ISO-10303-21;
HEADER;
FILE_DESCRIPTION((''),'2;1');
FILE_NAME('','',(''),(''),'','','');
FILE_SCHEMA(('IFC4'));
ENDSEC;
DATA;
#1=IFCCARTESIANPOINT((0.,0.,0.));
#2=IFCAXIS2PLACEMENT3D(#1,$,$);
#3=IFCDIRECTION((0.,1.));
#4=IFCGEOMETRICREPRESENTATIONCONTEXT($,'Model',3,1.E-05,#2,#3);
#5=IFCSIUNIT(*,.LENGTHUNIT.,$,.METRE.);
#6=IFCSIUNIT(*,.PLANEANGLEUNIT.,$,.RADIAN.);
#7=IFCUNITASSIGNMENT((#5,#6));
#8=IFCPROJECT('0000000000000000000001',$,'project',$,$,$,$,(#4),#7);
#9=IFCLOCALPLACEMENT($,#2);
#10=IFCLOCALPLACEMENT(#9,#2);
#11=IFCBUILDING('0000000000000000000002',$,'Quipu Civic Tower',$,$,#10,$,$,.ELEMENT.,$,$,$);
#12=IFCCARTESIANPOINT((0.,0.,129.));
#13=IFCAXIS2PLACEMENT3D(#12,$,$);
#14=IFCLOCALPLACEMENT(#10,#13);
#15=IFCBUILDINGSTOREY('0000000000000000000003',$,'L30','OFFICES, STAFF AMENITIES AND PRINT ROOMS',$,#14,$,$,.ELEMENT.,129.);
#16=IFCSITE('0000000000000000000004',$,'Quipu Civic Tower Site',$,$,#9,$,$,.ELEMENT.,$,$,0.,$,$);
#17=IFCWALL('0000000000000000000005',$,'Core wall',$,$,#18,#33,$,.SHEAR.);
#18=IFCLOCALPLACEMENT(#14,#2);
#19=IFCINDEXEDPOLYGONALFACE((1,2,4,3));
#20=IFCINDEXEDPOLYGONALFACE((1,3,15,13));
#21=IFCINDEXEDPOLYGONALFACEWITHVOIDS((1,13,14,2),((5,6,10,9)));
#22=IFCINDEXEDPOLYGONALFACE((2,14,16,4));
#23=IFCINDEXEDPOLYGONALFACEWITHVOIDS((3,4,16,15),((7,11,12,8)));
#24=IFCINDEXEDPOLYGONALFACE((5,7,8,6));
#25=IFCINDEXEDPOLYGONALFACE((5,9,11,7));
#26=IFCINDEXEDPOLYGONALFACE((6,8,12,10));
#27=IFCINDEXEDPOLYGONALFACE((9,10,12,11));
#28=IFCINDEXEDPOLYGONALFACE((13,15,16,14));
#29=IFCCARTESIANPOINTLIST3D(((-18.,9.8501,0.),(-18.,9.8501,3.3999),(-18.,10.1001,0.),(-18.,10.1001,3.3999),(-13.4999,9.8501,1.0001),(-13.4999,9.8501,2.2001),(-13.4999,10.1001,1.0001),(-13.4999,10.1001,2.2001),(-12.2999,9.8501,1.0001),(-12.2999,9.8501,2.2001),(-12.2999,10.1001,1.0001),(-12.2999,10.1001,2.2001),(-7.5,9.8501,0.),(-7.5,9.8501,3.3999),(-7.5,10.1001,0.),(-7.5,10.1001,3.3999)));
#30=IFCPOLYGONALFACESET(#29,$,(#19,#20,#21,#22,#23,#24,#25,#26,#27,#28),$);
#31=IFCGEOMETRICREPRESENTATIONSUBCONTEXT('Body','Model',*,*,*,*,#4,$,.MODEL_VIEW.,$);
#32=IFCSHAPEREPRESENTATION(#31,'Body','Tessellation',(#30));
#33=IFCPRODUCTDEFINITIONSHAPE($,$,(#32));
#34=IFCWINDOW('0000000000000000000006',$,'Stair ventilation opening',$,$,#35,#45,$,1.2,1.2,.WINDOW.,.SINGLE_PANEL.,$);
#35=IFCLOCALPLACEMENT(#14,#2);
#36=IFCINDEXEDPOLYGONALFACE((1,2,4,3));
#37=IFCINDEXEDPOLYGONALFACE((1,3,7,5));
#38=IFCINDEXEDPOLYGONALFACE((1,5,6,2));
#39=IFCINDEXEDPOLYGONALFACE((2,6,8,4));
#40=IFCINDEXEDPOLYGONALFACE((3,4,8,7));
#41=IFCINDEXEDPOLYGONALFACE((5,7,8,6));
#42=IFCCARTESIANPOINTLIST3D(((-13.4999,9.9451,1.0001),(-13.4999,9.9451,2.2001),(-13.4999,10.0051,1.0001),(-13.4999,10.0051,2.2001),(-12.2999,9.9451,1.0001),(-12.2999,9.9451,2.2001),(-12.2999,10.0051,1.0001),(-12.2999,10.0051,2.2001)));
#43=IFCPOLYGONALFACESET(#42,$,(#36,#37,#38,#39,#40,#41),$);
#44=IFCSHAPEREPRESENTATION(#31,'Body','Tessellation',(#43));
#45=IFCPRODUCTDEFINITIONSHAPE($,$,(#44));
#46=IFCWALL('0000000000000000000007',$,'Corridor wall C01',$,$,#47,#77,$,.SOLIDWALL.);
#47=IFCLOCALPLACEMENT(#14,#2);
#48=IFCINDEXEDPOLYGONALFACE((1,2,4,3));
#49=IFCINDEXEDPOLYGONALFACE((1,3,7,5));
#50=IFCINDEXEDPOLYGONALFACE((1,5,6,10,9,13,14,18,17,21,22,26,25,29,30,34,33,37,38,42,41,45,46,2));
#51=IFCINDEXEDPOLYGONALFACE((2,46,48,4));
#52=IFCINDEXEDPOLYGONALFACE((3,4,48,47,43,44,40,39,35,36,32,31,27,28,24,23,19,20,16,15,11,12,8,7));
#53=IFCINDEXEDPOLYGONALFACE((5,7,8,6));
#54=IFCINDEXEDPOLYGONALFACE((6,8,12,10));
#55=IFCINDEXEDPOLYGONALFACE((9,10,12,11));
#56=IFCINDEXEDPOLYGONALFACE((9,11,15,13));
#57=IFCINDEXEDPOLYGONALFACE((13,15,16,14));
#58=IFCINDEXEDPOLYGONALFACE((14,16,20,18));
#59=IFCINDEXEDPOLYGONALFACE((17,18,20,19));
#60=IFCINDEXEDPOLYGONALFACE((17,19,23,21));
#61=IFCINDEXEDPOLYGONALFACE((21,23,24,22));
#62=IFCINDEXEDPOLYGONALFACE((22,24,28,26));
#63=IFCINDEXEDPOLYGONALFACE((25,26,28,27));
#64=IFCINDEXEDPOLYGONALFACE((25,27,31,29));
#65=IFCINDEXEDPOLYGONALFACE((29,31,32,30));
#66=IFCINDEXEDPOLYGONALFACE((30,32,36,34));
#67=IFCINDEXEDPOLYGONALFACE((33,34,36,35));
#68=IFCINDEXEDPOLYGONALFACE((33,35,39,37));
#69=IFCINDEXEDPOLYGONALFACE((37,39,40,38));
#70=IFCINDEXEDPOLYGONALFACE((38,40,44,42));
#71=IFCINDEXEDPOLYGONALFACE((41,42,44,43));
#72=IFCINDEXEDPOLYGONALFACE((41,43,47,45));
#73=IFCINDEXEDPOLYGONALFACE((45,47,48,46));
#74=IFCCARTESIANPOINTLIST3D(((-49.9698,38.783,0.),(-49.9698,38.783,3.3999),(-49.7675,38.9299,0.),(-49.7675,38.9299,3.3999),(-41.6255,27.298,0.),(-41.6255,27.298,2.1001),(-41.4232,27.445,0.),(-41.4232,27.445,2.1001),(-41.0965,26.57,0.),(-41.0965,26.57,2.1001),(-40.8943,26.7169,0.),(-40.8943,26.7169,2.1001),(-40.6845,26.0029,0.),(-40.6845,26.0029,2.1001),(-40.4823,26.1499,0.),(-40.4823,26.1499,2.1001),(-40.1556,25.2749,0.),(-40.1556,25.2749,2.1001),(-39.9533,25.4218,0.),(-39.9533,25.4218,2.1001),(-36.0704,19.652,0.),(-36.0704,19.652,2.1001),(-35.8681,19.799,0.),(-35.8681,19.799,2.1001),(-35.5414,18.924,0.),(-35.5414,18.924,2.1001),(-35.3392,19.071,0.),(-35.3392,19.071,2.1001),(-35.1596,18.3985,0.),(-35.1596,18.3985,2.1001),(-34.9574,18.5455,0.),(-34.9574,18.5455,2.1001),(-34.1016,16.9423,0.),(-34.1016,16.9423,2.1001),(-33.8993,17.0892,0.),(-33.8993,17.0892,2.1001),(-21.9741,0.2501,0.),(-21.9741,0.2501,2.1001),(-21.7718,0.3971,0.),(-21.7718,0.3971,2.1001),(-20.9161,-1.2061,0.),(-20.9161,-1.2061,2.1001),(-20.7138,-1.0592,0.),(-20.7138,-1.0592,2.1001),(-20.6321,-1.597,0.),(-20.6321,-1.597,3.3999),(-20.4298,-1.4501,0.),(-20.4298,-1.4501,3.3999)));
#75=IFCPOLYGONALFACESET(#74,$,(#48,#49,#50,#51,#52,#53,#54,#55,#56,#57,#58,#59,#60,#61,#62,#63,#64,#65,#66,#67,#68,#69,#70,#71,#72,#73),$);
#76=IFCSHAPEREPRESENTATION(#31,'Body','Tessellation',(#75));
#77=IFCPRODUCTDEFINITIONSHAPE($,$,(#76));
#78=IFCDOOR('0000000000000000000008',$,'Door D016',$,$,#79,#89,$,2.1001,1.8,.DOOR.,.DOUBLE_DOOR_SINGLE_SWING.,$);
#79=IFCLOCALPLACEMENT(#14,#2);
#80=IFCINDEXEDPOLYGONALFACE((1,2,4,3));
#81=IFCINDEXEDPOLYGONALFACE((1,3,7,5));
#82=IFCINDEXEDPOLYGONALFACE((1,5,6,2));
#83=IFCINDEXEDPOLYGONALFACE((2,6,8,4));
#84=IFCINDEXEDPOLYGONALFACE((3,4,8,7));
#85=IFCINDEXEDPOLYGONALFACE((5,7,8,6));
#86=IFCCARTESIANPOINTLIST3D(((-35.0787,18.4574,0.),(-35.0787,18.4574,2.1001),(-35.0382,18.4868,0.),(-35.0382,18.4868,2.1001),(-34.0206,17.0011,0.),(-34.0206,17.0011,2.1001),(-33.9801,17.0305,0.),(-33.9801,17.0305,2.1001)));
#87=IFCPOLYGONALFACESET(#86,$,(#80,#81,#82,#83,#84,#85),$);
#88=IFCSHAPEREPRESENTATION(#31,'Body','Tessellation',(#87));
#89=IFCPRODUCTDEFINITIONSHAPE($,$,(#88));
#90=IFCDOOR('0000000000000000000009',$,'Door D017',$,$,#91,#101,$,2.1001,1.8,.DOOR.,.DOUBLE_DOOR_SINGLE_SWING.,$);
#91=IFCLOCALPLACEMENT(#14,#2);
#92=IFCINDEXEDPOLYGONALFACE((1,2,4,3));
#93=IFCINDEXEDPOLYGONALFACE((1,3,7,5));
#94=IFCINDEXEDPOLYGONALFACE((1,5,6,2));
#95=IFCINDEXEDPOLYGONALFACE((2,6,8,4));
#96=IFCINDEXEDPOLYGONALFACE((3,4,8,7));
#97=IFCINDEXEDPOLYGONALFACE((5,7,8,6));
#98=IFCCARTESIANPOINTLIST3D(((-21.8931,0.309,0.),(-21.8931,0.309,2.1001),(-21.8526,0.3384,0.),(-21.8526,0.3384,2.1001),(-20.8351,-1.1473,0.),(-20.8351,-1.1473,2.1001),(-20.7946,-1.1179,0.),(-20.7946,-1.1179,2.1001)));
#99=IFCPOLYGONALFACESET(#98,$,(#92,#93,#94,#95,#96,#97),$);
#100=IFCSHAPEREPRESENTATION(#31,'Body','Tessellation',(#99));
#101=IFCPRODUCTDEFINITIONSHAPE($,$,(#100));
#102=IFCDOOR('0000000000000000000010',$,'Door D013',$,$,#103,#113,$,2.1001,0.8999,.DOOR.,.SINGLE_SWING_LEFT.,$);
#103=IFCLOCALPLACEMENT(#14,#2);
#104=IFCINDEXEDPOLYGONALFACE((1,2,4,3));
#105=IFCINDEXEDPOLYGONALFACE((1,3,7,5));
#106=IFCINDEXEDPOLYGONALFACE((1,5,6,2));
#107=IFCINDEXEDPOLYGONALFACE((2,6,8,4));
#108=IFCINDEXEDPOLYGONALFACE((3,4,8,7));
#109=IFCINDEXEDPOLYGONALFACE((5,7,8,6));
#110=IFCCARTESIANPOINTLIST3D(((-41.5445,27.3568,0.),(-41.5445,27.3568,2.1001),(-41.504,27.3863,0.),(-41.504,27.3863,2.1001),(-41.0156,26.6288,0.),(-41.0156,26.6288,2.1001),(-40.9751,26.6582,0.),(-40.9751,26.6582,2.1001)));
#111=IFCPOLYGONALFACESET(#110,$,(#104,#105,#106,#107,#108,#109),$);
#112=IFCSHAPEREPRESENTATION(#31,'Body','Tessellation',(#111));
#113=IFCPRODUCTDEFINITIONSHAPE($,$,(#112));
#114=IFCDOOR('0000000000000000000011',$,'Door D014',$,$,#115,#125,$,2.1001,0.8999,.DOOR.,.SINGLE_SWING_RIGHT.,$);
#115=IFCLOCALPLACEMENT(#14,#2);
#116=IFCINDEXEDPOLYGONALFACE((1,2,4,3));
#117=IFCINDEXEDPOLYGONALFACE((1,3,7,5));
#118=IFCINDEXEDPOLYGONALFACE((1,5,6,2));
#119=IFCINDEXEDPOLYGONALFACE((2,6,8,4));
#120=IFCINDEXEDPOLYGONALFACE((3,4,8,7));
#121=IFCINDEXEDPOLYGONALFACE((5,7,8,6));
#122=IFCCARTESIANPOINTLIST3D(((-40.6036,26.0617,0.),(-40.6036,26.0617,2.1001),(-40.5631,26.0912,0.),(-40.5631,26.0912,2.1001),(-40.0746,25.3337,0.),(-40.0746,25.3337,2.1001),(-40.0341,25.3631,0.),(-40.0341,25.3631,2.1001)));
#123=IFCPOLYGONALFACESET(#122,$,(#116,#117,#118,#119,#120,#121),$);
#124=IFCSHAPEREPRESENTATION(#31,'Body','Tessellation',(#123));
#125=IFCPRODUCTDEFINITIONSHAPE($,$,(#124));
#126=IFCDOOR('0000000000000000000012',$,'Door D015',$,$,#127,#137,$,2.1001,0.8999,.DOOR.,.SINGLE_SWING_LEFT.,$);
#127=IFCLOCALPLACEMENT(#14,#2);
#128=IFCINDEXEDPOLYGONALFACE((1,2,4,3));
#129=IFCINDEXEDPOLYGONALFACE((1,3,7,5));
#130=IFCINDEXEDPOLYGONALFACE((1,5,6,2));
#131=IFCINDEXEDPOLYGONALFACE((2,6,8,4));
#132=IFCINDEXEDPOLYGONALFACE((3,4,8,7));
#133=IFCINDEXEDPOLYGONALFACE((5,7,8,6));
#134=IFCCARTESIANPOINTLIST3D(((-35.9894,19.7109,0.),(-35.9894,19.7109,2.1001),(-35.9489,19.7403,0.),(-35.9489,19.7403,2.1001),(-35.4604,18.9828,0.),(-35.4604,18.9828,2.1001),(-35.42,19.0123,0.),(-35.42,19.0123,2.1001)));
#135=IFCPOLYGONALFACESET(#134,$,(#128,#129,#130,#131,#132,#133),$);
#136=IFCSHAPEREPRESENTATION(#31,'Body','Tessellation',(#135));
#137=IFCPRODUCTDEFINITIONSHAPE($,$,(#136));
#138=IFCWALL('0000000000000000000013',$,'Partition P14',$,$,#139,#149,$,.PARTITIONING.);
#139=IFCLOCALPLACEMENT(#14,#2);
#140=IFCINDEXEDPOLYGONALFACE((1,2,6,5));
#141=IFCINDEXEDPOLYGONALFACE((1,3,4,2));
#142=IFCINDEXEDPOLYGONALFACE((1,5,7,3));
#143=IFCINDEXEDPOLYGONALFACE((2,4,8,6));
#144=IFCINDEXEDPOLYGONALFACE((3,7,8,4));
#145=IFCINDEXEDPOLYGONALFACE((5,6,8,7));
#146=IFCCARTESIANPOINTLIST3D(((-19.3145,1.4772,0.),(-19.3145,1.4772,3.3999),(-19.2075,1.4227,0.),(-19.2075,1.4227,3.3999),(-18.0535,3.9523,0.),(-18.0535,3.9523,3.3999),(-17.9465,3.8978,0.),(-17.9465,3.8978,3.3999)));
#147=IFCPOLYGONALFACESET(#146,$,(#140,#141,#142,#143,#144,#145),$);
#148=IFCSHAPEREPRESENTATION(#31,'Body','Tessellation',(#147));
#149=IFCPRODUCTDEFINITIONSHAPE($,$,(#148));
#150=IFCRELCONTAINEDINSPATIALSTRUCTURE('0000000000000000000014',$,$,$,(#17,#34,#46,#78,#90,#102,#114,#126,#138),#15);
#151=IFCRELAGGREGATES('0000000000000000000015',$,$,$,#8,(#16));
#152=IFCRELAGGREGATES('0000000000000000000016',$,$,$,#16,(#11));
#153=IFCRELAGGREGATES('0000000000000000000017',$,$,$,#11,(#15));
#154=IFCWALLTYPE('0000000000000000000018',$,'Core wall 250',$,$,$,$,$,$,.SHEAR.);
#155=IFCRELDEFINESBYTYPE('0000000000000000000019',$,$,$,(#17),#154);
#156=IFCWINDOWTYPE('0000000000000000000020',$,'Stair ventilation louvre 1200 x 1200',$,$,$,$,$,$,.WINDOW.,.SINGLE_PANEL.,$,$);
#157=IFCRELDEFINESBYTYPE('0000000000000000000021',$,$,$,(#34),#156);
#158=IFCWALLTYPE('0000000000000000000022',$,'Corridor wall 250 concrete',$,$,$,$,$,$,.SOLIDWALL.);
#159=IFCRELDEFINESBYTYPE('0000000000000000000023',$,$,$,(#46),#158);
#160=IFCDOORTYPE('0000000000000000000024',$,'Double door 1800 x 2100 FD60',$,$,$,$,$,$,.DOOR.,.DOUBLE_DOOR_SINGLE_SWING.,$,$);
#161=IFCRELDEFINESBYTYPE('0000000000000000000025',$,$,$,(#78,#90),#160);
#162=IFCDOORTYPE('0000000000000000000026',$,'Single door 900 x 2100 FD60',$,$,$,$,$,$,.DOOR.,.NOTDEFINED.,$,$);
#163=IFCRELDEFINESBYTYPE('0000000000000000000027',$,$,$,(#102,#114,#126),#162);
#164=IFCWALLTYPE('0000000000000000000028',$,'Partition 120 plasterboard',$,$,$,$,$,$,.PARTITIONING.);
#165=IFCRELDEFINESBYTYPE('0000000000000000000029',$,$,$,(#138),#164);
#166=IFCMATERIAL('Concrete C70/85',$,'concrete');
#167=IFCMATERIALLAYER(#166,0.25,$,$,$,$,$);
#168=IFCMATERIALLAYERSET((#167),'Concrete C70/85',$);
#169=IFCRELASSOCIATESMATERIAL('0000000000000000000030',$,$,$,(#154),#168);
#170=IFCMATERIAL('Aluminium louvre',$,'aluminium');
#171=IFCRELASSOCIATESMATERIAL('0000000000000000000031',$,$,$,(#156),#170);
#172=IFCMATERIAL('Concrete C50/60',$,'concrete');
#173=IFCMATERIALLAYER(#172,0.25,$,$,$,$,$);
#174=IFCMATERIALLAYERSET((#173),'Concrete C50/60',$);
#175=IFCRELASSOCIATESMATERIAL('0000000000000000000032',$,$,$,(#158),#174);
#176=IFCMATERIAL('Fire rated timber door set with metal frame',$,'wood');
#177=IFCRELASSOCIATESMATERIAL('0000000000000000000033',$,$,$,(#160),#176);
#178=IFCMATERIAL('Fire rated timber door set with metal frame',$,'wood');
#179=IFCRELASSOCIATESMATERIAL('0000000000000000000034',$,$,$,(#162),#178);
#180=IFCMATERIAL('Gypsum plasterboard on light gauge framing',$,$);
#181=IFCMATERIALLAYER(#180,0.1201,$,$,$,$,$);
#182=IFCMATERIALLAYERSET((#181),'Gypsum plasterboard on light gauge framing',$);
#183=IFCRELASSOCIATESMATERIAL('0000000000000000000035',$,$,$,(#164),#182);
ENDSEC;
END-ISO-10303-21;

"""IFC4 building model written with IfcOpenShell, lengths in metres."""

from ifc_helpers import new_model, si_unit, direction, frame, frame_2d, origin, place, context, subcontext, project, spatial, rectangle, extrude, material, layer, layer_set, type_object, element, fill, save


model = new_model("IFC4")

# Units and contexts
model_context = context("Model", 3, precision=1e-05, world=origin(), true_north=direction((0.0, 1.0)))
body_context = subcontext(model_context, "Body", "Model", "MODEL_VIEW")
ifc_project = project(units=[si_unit("LENGTHUNIT", "METRE"), si_unit("PLANEANGLEUNIT", "RADIAN")], contexts=[model_context])

# Site, building, storey
site_placement = place(None, origin())
site = spatial("IfcSite", under=ifc_project, at=site_placement, Name="Quipu Civic Tower Site", CompositionType="ELEMENT", RefElevation=0.0)
building_placement = place(site_placement, origin())
building = spatial("IfcBuilding", under=site, at=building_placement, Name="Quipu Civic Tower", CompositionType="ELEMENT")
storey_placement = place(building_placement, frame((0.0, 0.0, 129.0)))
storey = spatial("IfcBuildingStorey", under=building, at=storey_placement, Name="L30", Description="OFFICES, STAFF AMENITIES AND PRINT ROOMS", CompositionType="ELEMENT", Elevation=129.0)

# Shared definitions
ifc_material_1 = material(Name="Concrete C70/85", Category="concrete")
ifc_layer_1 = layer(ifc_material_1, 0.25)
ifc_layer_set_1 = layer_set([ifc_layer_1], Name="Concrete C70/85")
wall_type_1 = type_object("IfcWallType", Name="Core wall 250", PredefinedType="SHEAR", material=ifc_layer_set_1)

# Wall, opening, window
wall_1_placement = place(storey_placement, frame((-18.0, 9.9751, 0.0), z_axis=(0.0, 0.0, 1.0), x_axis=(1.0, 0.0, 0.0)))
wall_1 = element("IfcWall", 1, at=wall_1_placement, inside=storey, type_object=wall_type_1, Name="Core wall", PredefinedType="SHEAR", context=body_context, shape_type="SweptSolid", body=[
    extrude(rectangle(XDim=10.5, YDim=0.25, at=frame_2d((5.25, 0.0))), origin(), (0.0, 0.0, 1.0), 3.3999),
])
opening_1_placement = place(wall_1_placement, frame((4.5, 0.0, 1.0)))
opening_1 = element("IfcOpeningElement", 2, at=opening_1_placement, cuts=wall_1, PredefinedType="OPENING", context=body_context, shape_type="SweptSolid", body=[
    extrude(rectangle(XDim=1.2, YDim=1.2, at=frame_2d((0.6001, 0.6001))), frame((0.0, 0.135, 0.0), z_axis=(0.0, -1.0, 0.0), x_axis=(1.0, 0.0, 0.0)), (0.0, 0.0, 1.0), 0.27),
])
ifc_material_2 = material(Name="Aluminium louvre", Category="aluminium")
window_type = type_object("IfcWindowType", Name="Stair ventilation louvre 1200 x 1200", PartitioningType="SINGLE_PANEL", PredefinedType="WINDOW", material=ifc_material_2)
window_placement = place(opening_1_placement, origin())
window = element("IfcWindow", 3, at=window_placement, inside=storey, type_object=window_type, Name="Stair ventilation opening", OverallHeight=1.2, OverallWidth=1.2, PartitioningType="SINGLE_PANEL", PredefinedType="WINDOW", context=body_context, shape_type="SweptSolid", body=[
    extrude(rectangle(XDim=1.2, YDim=1.2, at=frame_2d((0.6001, 0.6001))), frame((0.0, 0.03, 0.0), z_axis=(0.0, -1.0, 0.0), x_axis=(1.0, 0.0, 0.0)), (0.0, 0.0, 1.0), 0.0601),
])
fill(opening_1, window)

# Wall, openings, doors
ifc_material_3 = material(Name="Concrete C50/60", Category="concrete")
ifc_layer_2 = layer(ifc_material_3, 0.25)
ifc_layer_set_2 = layer_set([ifc_layer_2], Name="Concrete C50/60")
wall_type_2 = type_object("IfcWallType", Name="Corridor wall 250 concrete", PredefinedType="SOLIDWALL", material=ifc_layer_set_2)
wall_2_placement = place(storey_placement, frame((-20.531, -1.5234, 0.0), z_axis=(0.0, 0.0, 1.0), x_axis=(-0.587785, 0.809018, 0.0)))
wall_2 = element("IfcWall", 4, at=wall_2_placement, inside=storey, type_object=wall_type_2, Name="Corridor wall C01", PredefinedType="SOLIDWALL", context=body_context, shape_type="SweptSolid", body=[
    extrude(rectangle(XDim=49.9124, YDim=0.25, at=frame_2d((24.9561, 0.0))), origin(), (0.0, 0.0, 1.0), 3.3999),
])
opening_2_placement = place(wall_2_placement, frame((34.8162, 0.0, 0.0)))
opening_2 = element("IfcOpeningElement", 5, at=opening_2_placement, cuts=wall_2, PredefinedType="OPENING", context=body_context, shape_type="SweptSolid", body=[
    extrude(rectangle(XDim=0.8999, YDim=2.1001, at=frame_2d((0.45, 1.05))), frame((0.0, 0.135, 0.0), z_axis=(0.0, -1.0, 0.0), x_axis=(1.0, 0.0, 0.0)), (0.0, 0.0, 1.0), 0.27),
])
opening_3_placement = place(wall_2_placement, frame((33.2153, 0.0, 0.0)))
opening_3 = element("IfcOpeningElement", 6, at=opening_3_placement, cuts=wall_2, PredefinedType="OPENING", context=body_context, shape_type="SweptSolid", body=[
    extrude(rectangle(XDim=0.8999, YDim=2.1001, at=frame_2d((0.45, 1.05))), frame((0.0, 0.135, 0.0), z_axis=(0.0, -1.0, 0.0), x_axis=(1.0, 0.0, 0.0)), (0.0, 0.0, 1.0), 0.27),
])
opening_4_placement = place(wall_2_placement, frame((22.9158, 0.0, 0.0)))
opening_4 = element("IfcOpeningElement", 7, at=opening_4_placement, cuts=wall_2, PredefinedType="OPENING", context=body_context, shape_type="SweptSolid", body=[
    extrude(rectangle(XDim=1.8, YDim=2.1001, at=frame_2d((0.8999, 1.05))), frame((0.0, 0.135, 0.0), z_axis=(0.0, -1.0, 0.0), x_axis=(1.0, 0.0, 0.0)), (0.0, 0.0, 1.0), 0.27),
])
opening_5_placement = place(wall_2_placement, frame((0.4832, 0.0, 0.0)))
opening_5 = element("IfcOpeningElement", 8, at=opening_5_placement, cuts=wall_2, PredefinedType="OPENING", context=body_context, shape_type="SweptSolid", body=[
    extrude(rectangle(XDim=1.8, YDim=2.1001, at=frame_2d((0.8999, 1.05))), frame((0.0, 0.135, 0.0), z_axis=(0.0, -1.0, 0.0), x_axis=(1.0, 0.0, 0.0)), (0.0, 0.0, 1.0), 0.27),
])
opening_6_placement = place(wall_2_placement, frame((25.3652, 0.0, 0.0)))
opening_6 = element("IfcOpeningElement", 9, at=opening_6_placement, cuts=wall_2, PredefinedType="OPENING", context=body_context, shape_type="SweptSolid", body=[
    extrude(rectangle(XDim=0.8999, YDim=2.1001, at=frame_2d((0.45, 1.05))), frame((0.0, 0.135, 0.0), z_axis=(0.0, -1.0, 0.0), x_axis=(1.0, 0.0, 0.0)), (0.0, 0.0, 1.0), 0.27),
])
ifc_material_4 = material(Name="Fire rated timber door set with metal frame", Category="wood")
door_type_1 = type_object("IfcDoorType", Name="Double door 1800 x 2100 FD60", OperationType="DOUBLE_DOOR_SINGLE_SWING", PredefinedType="DOOR", material=ifc_material_4)
door_1_placement = place(opening_4_placement, origin())
door_1 = element("IfcDoor", 10, at=door_1_placement, inside=storey, type_object=door_type_1, Name="Door D016", OperationType="DOUBLE_DOOR_SINGLE_SWING", OverallHeight=2.1001, OverallWidth=1.8, PredefinedType="DOOR", context=body_context, shape_type="SweptSolid", body=[
    extrude(rectangle(XDim=1.8, YDim=2.1001, at=frame_2d((0.8999, 1.05))), frame((0.0, 0.0249, 0.0), z_axis=(0.0, -1.0, 0.0), x_axis=(1.0, 0.0, 0.0)), (0.0, 0.0, 1.0), 0.05),
])
fill(opening_4, door_1)
door_2_placement = place(opening_5_placement, origin())
door_2 = element("IfcDoor", 11, at=door_2_placement, inside=storey, type_object=door_type_1, Name="Door D017", OperationType="DOUBLE_DOOR_SINGLE_SWING", OverallHeight=2.1001, OverallWidth=1.8, PredefinedType="DOOR", context=body_context, shape_type="SweptSolid", body=[
    extrude(rectangle(XDim=1.8, YDim=2.1001, at=frame_2d((0.8999, 1.05))), frame((0.0, 0.0249, 0.0), z_axis=(0.0, -1.0, 0.0), x_axis=(1.0, 0.0, 0.0)), (0.0, 0.0, 1.0), 0.05),
])
fill(opening_5, door_2)
ifc_material_5 = material(Name="Fire rated timber door set with metal frame", Category="wood")
door_type_2 = type_object("IfcDoorType", Name="Single door 900 x 2100 FD60", OperationType="NOTDEFINED", PredefinedType="DOOR", material=ifc_material_5)
door_3_placement = place(opening_2_placement, origin())
door_3 = element("IfcDoor", 12, at=door_3_placement, inside=storey, type_object=door_type_2, Name="Door D013", OperationType="SINGLE_SWING_LEFT", OverallHeight=2.1001, OverallWidth=0.8999, PredefinedType="DOOR", context=body_context, shape_type="SweptSolid", body=[
    extrude(rectangle(XDim=0.8999, YDim=2.1001, at=frame_2d((0.45, 1.05))), frame((0.0, 0.0249, 0.0), z_axis=(0.0, -1.0, 0.0), x_axis=(1.0, 0.0, 0.0)), (0.0, 0.0, 1.0), 0.05),
])
fill(opening_2, door_3)
door_4_placement = place(opening_3_placement, origin())
door_4 = element("IfcDoor", 13, at=door_4_placement, inside=storey, type_object=door_type_2, Name="Door D014", OperationType="SINGLE_SWING_RIGHT", OverallHeight=2.1001, OverallWidth=0.8999, PredefinedType="DOOR", context=body_context, shape_type="SweptSolid", body=[
    extrude(rectangle(XDim=0.8999, YDim=2.1001, at=frame_2d((0.45, 1.05))), frame((0.0, 0.0249, 0.0), z_axis=(0.0, -1.0, 0.0), x_axis=(1.0, 0.0, 0.0)), (0.0, 0.0, 1.0), 0.05),
])
fill(opening_3, door_4)
door_5_placement = place(opening_6_placement, origin())
door_5 = element("IfcDoor", 14, at=door_5_placement, inside=storey, type_object=door_type_2, Name="Door D015", OperationType="SINGLE_SWING_LEFT", OverallHeight=2.1001, OverallWidth=0.8999, PredefinedType="DOOR", context=body_context, shape_type="SweptSolid", body=[
    extrude(rectangle(XDim=0.8999, YDim=2.1001, at=frame_2d((0.45, 1.05))), frame((0.0, 0.0249, 0.0), z_axis=(0.0, -1.0, 0.0), x_axis=(1.0, 0.0, 0.0)), (0.0, 0.0, 1.0), 0.05),
])
fill(opening_6, door_5)

# Wall
ifc_material_6 = material(Name="Gypsum plasterboard on light gauge framing")
ifc_layer_3 = layer(ifc_material_6, 0.1201)
ifc_layer_set_3 = layer_set([ifc_layer_3], Name="Gypsum plasterboard on light gauge framing")
wall_type_3 = type_object("IfcWallType", Name="Partition 120 plasterboard", PredefinedType="PARTITIONING", material=ifc_layer_set_3)
wall_3_placement = place(storey_placement, frame((-19.261, 1.45, 0.0), z_axis=(0.0, 0.0, 1.0), x_axis=(0.453951, 0.891027, 0.0)))
element("IfcWall", 15, at=wall_3_placement, inside=storey, type_object=wall_type_3, Name="Partition P14", PredefinedType="PARTITIONING", context=body_context, shape_type="SweptSolid", body=[
    extrude(rectangle(XDim=2.7778, YDim=0.1201, at=frame_2d((1.3889, 0.0))), origin(), (0.0, 0.0, 1.0), 3.3999),
])

save(model, "model.ifc")
